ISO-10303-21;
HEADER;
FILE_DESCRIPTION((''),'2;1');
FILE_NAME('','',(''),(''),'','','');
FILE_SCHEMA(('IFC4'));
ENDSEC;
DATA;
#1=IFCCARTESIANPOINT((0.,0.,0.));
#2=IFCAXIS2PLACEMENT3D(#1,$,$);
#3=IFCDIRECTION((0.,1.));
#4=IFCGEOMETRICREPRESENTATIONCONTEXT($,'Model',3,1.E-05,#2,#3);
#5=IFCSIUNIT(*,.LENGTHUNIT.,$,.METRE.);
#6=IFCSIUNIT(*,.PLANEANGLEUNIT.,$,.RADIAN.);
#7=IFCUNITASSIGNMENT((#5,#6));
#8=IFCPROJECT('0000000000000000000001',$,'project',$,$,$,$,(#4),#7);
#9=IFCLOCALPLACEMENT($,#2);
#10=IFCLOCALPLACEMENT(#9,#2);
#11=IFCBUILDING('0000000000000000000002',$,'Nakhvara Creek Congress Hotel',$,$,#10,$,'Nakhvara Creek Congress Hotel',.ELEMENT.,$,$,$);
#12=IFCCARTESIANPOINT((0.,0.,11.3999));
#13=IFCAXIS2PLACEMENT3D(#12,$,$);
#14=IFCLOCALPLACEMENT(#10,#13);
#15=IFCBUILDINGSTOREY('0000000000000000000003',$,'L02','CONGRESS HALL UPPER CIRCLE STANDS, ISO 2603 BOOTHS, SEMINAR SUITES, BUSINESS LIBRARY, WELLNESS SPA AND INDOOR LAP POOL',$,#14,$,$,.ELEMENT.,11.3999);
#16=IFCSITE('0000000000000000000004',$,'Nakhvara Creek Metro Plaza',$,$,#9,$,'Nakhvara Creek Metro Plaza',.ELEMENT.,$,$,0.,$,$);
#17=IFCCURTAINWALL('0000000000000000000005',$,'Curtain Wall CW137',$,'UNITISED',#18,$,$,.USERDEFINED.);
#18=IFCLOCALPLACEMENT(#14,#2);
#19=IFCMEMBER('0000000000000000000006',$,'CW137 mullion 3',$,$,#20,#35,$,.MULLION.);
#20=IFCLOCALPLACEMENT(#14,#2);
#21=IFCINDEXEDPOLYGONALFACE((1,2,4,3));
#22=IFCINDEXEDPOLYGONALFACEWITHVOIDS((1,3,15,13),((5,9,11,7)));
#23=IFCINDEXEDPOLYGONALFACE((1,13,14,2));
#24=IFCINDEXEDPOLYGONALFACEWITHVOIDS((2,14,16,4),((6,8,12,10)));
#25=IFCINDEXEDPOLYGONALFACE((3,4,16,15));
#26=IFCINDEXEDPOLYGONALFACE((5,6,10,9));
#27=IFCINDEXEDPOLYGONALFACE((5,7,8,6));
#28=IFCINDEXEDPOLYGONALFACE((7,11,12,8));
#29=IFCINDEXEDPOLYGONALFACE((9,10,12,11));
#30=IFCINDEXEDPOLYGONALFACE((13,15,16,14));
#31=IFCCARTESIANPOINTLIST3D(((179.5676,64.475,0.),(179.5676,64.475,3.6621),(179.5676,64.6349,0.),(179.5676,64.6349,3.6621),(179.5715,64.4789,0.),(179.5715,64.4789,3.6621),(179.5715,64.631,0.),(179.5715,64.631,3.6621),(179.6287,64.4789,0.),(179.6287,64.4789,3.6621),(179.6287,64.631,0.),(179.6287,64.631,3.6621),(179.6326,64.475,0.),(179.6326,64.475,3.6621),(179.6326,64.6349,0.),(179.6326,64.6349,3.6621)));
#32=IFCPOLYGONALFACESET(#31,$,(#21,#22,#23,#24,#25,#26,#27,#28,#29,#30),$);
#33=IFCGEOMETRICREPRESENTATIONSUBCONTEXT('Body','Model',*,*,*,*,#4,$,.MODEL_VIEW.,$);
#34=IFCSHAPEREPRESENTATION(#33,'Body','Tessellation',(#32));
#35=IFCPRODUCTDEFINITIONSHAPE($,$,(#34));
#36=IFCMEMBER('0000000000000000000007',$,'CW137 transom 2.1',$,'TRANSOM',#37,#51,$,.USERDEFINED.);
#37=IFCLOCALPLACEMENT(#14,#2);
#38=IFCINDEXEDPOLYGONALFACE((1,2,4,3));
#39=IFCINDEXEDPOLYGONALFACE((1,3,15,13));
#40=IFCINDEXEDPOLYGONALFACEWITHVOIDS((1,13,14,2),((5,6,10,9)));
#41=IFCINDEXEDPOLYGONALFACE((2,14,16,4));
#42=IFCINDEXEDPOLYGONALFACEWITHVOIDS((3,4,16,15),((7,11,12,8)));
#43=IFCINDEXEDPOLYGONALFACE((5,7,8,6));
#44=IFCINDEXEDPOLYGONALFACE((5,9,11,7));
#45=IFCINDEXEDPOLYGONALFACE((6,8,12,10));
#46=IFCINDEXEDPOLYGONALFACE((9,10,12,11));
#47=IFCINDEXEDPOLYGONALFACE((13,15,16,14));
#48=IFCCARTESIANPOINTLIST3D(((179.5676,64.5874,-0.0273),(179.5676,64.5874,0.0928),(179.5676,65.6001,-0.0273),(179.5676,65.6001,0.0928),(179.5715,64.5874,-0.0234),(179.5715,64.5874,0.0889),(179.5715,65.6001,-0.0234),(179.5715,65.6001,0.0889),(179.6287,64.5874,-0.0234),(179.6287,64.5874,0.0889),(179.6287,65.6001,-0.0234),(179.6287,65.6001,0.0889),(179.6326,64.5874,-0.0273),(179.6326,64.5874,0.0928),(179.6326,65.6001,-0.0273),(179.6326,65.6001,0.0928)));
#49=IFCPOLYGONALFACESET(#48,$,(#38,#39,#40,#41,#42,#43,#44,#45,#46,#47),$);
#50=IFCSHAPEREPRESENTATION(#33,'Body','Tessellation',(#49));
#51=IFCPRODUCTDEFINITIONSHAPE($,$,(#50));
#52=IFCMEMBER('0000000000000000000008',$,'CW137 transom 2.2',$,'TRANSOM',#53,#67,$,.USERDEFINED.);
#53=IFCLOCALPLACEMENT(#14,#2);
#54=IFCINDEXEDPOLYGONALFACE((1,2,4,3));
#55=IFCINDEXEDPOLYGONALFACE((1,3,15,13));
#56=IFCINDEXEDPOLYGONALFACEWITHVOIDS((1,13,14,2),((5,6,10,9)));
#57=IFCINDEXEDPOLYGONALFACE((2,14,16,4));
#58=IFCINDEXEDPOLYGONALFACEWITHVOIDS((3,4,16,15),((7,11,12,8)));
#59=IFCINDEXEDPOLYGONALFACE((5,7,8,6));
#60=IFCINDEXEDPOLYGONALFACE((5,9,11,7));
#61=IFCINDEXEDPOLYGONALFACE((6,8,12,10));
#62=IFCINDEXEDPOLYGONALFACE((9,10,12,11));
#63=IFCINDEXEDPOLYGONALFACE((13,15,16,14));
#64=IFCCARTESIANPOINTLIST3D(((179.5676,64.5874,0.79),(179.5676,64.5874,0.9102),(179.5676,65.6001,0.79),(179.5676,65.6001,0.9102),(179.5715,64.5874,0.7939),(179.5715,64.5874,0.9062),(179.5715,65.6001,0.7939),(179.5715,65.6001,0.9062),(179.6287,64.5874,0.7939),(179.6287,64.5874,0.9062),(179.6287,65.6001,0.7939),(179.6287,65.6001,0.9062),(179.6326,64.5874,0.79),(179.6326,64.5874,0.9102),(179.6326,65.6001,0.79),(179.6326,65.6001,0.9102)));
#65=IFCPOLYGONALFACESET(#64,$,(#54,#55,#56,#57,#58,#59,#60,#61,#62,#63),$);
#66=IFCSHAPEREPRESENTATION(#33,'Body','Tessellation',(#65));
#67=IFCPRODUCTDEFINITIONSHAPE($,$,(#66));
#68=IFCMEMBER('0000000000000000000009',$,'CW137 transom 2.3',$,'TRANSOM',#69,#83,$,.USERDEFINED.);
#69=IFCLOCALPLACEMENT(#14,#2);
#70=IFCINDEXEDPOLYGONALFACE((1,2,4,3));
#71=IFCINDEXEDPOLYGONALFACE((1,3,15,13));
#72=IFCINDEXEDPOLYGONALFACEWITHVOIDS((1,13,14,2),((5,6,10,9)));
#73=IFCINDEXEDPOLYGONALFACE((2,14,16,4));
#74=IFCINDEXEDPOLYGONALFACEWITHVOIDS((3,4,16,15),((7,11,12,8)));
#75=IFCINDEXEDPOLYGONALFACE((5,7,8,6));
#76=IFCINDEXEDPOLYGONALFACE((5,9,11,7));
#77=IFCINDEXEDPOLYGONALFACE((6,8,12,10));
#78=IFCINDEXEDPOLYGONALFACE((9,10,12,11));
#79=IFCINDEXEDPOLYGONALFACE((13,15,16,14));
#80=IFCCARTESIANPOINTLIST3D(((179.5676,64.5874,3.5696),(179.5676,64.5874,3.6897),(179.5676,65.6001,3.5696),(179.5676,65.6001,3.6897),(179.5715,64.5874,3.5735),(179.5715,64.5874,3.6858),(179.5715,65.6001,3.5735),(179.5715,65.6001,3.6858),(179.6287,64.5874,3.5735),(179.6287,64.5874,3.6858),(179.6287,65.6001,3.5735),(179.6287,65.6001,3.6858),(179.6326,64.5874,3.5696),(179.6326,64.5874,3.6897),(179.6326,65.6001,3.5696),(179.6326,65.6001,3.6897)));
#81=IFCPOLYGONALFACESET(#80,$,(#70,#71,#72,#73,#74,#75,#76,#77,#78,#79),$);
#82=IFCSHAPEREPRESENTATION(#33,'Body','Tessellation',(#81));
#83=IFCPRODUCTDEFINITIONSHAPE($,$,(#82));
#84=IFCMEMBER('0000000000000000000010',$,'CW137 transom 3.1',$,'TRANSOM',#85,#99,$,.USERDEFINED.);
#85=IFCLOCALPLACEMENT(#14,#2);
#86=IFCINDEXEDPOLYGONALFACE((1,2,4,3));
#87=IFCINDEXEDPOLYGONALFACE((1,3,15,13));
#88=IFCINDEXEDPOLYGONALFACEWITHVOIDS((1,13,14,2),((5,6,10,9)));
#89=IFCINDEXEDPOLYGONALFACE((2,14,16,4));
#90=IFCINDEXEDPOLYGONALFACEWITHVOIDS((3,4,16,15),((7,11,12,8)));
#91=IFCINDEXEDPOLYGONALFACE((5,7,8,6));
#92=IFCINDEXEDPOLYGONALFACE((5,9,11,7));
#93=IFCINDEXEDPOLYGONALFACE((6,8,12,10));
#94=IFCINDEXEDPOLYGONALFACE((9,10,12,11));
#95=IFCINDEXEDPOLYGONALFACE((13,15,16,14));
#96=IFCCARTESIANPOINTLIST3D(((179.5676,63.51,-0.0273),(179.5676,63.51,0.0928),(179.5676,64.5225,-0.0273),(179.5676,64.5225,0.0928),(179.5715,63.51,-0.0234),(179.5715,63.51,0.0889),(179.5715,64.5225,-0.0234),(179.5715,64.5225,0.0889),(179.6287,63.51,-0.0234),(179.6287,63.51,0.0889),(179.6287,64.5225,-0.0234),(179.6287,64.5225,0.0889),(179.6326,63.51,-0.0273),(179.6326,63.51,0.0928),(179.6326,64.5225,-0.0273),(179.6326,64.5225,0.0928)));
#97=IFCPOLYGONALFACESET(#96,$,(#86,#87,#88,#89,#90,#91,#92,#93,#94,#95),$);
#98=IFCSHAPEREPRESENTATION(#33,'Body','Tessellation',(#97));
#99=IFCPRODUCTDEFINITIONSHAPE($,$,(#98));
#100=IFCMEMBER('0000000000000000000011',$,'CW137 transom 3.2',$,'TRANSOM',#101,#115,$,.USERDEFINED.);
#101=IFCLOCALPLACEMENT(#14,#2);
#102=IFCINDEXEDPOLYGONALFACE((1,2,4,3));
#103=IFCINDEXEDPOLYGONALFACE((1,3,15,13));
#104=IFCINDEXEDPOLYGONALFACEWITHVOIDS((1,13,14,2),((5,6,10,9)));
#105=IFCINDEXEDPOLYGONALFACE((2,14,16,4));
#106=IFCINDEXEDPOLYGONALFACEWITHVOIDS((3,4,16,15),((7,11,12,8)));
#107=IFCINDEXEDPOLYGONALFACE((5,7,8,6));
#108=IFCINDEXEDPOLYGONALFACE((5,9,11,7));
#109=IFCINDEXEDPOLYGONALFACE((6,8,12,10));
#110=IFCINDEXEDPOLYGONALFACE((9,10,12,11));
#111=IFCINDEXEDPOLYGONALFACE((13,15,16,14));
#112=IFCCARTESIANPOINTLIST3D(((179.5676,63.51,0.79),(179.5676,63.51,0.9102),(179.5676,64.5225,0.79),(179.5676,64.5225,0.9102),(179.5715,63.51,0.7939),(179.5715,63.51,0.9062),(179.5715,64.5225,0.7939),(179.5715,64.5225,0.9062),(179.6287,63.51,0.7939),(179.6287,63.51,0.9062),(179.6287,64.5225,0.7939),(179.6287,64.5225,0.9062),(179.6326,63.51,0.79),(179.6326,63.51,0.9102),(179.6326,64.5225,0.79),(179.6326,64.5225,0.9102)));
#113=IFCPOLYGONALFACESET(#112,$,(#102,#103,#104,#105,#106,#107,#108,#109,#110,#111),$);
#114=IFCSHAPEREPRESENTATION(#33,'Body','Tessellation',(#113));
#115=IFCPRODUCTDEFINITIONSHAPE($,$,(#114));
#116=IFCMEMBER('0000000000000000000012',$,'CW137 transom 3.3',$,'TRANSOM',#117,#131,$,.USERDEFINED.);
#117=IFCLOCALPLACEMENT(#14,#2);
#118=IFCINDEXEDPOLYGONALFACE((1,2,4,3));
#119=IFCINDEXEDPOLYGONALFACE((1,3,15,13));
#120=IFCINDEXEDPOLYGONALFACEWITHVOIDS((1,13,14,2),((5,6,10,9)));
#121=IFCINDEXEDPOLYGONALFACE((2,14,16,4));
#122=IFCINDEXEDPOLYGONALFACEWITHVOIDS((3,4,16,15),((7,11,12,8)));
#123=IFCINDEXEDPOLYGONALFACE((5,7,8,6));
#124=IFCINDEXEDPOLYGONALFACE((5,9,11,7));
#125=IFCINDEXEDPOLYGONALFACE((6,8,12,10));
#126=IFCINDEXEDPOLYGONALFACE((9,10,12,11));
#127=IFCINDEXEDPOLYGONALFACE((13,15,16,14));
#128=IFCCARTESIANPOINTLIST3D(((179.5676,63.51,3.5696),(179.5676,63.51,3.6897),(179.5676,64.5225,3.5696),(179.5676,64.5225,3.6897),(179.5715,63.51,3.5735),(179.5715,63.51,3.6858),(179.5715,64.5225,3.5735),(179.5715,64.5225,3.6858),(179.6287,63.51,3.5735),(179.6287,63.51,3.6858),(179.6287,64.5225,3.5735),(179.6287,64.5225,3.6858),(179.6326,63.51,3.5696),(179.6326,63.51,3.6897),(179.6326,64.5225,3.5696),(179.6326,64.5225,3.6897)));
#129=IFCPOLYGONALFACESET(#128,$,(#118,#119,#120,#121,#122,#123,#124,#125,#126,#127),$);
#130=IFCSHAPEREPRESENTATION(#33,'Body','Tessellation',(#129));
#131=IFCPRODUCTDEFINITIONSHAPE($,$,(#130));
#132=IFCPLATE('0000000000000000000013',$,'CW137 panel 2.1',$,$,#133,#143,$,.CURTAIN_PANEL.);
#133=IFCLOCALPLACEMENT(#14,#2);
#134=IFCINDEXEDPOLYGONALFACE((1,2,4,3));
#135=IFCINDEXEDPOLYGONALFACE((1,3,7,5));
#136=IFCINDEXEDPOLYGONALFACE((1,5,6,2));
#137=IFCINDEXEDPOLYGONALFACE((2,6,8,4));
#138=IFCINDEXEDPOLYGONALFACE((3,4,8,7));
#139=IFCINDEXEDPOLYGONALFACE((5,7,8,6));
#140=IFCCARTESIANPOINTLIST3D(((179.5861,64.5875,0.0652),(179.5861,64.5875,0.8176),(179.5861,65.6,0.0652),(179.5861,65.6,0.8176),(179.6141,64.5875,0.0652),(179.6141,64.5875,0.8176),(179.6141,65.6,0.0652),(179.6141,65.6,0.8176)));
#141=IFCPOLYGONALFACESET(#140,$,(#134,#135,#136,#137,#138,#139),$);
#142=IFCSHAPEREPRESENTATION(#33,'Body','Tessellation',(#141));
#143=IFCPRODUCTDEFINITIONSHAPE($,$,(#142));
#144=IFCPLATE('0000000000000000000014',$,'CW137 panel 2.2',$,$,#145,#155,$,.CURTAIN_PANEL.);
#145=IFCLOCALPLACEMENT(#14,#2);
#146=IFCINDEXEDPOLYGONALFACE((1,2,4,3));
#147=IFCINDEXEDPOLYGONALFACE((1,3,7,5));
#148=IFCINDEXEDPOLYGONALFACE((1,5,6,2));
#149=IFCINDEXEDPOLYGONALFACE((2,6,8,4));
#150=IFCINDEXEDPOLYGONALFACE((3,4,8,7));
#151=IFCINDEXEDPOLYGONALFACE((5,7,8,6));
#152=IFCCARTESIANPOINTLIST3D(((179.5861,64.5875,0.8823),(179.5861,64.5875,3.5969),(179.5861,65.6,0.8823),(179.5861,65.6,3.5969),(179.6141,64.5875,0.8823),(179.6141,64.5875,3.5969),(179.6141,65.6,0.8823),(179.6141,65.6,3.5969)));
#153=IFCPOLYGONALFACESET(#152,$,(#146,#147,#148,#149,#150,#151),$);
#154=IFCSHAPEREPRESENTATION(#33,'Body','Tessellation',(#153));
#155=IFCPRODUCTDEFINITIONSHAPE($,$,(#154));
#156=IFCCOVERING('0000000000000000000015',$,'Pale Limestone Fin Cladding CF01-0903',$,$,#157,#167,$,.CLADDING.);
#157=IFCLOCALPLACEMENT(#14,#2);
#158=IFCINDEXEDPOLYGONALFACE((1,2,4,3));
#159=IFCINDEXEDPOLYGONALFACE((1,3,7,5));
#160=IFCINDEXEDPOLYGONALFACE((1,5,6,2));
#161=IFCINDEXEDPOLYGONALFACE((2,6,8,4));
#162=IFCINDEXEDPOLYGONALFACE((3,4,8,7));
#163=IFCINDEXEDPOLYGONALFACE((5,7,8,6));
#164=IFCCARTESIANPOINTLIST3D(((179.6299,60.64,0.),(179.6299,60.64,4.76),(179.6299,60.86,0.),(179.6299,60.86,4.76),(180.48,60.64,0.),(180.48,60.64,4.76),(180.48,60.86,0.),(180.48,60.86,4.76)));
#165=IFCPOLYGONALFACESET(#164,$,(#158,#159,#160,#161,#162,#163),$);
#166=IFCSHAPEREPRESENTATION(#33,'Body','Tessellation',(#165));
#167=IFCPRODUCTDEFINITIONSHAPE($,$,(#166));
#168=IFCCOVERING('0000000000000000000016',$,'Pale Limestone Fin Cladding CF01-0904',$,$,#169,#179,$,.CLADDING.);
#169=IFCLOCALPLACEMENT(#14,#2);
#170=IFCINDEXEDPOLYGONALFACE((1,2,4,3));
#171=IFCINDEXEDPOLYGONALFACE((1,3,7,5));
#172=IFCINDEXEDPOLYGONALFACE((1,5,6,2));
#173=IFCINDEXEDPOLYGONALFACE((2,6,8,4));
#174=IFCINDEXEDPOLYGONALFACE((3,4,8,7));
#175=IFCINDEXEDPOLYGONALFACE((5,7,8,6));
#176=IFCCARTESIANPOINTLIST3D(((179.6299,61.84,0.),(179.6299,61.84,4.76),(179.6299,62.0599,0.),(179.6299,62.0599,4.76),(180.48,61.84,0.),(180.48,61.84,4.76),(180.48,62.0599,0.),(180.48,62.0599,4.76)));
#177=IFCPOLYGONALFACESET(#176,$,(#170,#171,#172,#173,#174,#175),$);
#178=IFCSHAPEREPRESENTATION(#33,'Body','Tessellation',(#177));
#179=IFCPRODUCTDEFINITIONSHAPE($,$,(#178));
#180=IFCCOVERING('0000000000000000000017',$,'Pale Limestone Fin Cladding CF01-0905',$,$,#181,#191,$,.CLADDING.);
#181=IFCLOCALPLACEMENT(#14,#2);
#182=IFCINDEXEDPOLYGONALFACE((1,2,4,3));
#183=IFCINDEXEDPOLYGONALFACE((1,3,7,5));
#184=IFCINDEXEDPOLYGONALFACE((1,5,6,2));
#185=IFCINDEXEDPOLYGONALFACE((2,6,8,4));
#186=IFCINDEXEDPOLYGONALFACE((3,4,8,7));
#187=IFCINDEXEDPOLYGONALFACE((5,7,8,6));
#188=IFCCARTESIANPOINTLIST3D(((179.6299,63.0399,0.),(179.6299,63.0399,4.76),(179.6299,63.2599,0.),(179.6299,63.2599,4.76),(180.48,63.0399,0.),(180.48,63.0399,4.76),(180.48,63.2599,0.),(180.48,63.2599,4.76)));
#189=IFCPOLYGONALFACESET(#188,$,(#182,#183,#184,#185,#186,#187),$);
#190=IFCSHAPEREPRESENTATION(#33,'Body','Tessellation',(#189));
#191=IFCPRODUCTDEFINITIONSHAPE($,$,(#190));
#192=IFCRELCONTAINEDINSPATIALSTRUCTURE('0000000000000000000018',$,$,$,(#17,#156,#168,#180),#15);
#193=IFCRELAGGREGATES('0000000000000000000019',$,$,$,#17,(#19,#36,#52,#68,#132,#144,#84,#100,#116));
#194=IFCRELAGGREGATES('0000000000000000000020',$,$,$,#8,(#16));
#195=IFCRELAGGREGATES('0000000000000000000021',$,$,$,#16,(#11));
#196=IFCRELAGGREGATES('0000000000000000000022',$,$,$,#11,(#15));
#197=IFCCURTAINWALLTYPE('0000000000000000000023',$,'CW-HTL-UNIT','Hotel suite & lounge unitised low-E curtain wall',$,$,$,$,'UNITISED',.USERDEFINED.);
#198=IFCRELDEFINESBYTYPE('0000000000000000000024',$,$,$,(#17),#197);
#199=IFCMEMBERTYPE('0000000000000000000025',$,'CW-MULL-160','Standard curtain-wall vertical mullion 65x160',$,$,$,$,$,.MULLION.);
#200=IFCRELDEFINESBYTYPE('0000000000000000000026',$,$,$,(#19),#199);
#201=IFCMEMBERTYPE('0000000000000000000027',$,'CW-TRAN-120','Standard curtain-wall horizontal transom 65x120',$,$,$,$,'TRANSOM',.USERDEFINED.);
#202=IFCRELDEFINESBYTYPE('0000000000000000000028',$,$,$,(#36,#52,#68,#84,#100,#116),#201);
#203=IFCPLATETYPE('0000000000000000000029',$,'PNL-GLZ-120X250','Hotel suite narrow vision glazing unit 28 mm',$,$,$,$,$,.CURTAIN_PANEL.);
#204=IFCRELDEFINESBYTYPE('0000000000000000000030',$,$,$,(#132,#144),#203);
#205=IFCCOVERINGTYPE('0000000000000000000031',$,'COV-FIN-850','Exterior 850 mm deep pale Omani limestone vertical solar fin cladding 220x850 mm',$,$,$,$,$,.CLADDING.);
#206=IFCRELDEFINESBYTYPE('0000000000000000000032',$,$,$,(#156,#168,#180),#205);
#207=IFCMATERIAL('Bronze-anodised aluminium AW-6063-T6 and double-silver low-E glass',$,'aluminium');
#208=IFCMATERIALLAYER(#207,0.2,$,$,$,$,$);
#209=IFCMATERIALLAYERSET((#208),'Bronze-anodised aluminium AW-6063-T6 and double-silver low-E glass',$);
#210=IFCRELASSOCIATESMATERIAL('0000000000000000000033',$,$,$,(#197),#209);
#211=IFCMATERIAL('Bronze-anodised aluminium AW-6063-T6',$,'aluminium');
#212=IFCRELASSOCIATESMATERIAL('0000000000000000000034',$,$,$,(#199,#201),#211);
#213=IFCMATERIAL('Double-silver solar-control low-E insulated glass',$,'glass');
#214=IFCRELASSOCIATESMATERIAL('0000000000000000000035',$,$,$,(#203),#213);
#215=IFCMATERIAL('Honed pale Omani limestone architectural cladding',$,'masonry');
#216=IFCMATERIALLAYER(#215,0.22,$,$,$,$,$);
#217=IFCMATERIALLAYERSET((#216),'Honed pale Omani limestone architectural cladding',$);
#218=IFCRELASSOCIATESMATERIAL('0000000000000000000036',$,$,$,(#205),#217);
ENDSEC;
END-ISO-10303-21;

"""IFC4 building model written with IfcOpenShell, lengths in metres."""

from ifc_helpers import new_model, si_unit, direction, frame, origin, origin_2d, place, context, subcontext, project, spatial, rectangle, hollow_rectangle, extrude, material, layer, layer_set, material_profile, profile_set, type_object, element, aggregate, save


model = new_model("IFC4")

# Units and contexts
model_context = context("Model", 3, precision=1e-05, world=origin(), true_north=direction((0.0, 1.0)))
body_context = subcontext(model_context, "Body", "Model", "MODEL_VIEW")
ifc_project = project(units=[si_unit("LENGTHUNIT", "METRE"), si_unit("PLANEANGLEUNIT", "RADIAN")], contexts=[model_context])

# Site, building, storey
site_placement = place(None, origin())
site = spatial("IfcSite", under=ifc_project, at=site_placement, Name="Nakhvara Creek Metro Plaza", LongName="Nakhvara Creek Metro Plaza", CompositionType="ELEMENT", RefElevation=0.0)
building_placement = place(site_placement, origin())
building = spatial("IfcBuilding", under=site, at=building_placement, Name="Nakhvara Creek Congress Hotel", LongName="Nakhvara Creek Congress Hotel", CompositionType="ELEMENT")
storey_placement = place(building_placement, frame((0.0, 0.0, 11.3999)))
storey = spatial("IfcBuildingStorey", under=building, at=storey_placement, Name="L02", Description="CONGRESS HALL UPPER CIRCLE STANDS, ISO 2603 BOOTHS, SEMINAR SUITES, BUSINESS LIBRARY, WELLNESS SPA AND INDOOR LAP POOL", CompositionType="ELEMENT", Elevation=11.3999)

# Curtain wall, members, plates
ifc_material_1 = material(Name="Bronze-anodised aluminium AW-6063-T6 and double-silver low-E glass", Category="aluminium")
ifc_layer_1 = layer(ifc_material_1, 0.2)
ifc_layer_set_1 = layer_set([ifc_layer_1], Name="Bronze-anodised aluminium AW-6063-T6 and double-silver low-E glass")
curtain_wall_type = type_object("IfcCurtainWallType", Name="CW-HTL-UNIT", Description="Hotel suite & lounge unitised low-E curtain wall", ElementType="UNITISED", PredefinedType="USERDEFINED", material=ifc_layer_set_1)
curtain_wall_placement = place(storey_placement, origin())
curtain_wall = element("IfcCurtainWall", 1, at=curtain_wall_placement, inside=storey, type_object=curtain_wall_type, Name="Curtain Wall CW137", ObjectType="UNITISED", PredefinedType="USERDEFINED")
ifc_material_2 = material(Name="Bronze-anodised aluminium AW-6063-T6", Category="aluminium")
ifc_material_profile_1 = material_profile(ifc_material_2, hollow_rectangle(XDim=0.0649, YDim=0.1599, WallThickness=0.0039, at=origin_2d()), Name="ALU-MULL 65x160x4", Category="LoadBearing")
ifc_profile_set_1 = profile_set([ifc_material_profile_1], Name="Bronze-anodised aluminium AW-6063-T6")
member_type_1 = type_object("IfcMemberType", Name="CW-MULL-160", Description="Standard curtain-wall vertical mullion 65x160", PredefinedType="MULLION", material=ifc_profile_set_1)
member_1_placement = place(storey_placement, frame((179.6001, 64.5549, 0.0), z_axis=(0.0, 0.0, 1.0), x_axis=(1.0, 0.0, 0.0)))
member_1 = element("IfcMember", 2, at=member_1_placement, type_object=member_type_1, Name="CW137 mullion 3", PredefinedType="MULLION", context=body_context, shape_type="SweptSolid", body=[
    extrude(hollow_rectangle(XDim=0.0649, YDim=0.1599, WallThickness=0.0039, at=origin_2d()), origin(), (0.0, 0.0, 1.0), 3.6621),
])
ifc_material_profile_2 = material_profile(ifc_material_2, hollow_rectangle(XDim=0.0649, YDim=0.1201, WallThickness=0.0039, at=origin_2d()), Name="ALU-TRAN 65x120x4", Category="LoadBearing")
ifc_profile_set_2 = profile_set([ifc_material_profile_2], Name="Bronze-anodised aluminium AW-6063-T6")
member_type_2 = type_object("IfcMemberType", Name="CW-TRAN-120", Description="Standard curtain-wall horizontal transom 65x120", ElementType="TRANSOM", PredefinedType="USERDEFINED", material=ifc_profile_set_2)
member_2_placement = place(storey_placement, frame((179.6001, 65.6001, 0.0327), z_axis=(0.0, -1.0, 0.0), x_axis=(1.0, 0.0, 0.0)))
member_2 = element("IfcMember", 3, at=member_2_placement, type_object=member_type_2, Name="CW137 transom 2.1", ObjectType="TRANSOM", PredefinedType="USERDEFINED", context=body_context, shape_type="SweptSolid", body=[
    extrude(hollow_rectangle(XDim=0.0649, YDim=0.1201, WallThickness=0.0039, at=origin_2d()), origin(), (0.0, 0.0, 1.0), 1.0127),
])
member_3_placement = place(storey_placement, frame((179.6001, 65.6001, 0.8501), z_axis=(0.0, -1.0, 0.0), x_axis=(1.0, 0.0, 0.0)))
member_3 = element("IfcMember", 4, at=member_3_placement, type_object=member_type_2, Name="CW137 transom 2.2", ObjectType="TRANSOM", PredefinedType="USERDEFINED", context=body_context, shape_type="SweptSolid", body=[
    extrude(hollow_rectangle(XDim=0.0649, YDim=0.1201, WallThickness=0.0039, at=origin_2d()), origin(), (0.0, 0.0, 1.0), 1.0127),
])
member_4_placement = place(storey_placement, frame((179.6001, 65.6001, 3.6296), z_axis=(0.0, -1.0, 0.0), x_axis=(1.0, 0.0, 0.0)))
member_4 = element("IfcMember", 5, at=member_4_placement, type_object=member_type_2, Name="CW137 transom 2.3", ObjectType="TRANSOM", PredefinedType="USERDEFINED", context=body_context, shape_type="SweptSolid", body=[
    extrude(hollow_rectangle(XDim=0.0649, YDim=0.1201, WallThickness=0.0039, at=origin_2d()), origin(), (0.0, 0.0, 1.0), 1.0127),
])
member_5_placement = place(storey_placement, frame((179.6001, 64.5225, 0.0327), z_axis=(0.0, -1.0, 0.0), x_axis=(1.0, 0.0, 0.0)))
member_5 = element("IfcMember", 6, at=member_5_placement, type_object=member_type_2, Name="CW137 transom 3.1", ObjectType="TRANSOM", PredefinedType="USERDEFINED", context=body_context, shape_type="SweptSolid", body=[
    extrude(hollow_rectangle(XDim=0.0649, YDim=0.1201, WallThickness=0.0039, at=origin_2d()), origin(), (0.0, 0.0, 1.0), 1.0125),
])
member_6_placement = place(storey_placement, frame((179.6001, 64.5225, 0.8501), z_axis=(0.0, -1.0, 0.0), x_axis=(1.0, 0.0, 0.0)))
member_6 = element("IfcMember", 7, at=member_6_placement, type_object=member_type_2, Name="CW137 transom 3.2", ObjectType="TRANSOM", PredefinedType="USERDEFINED", context=body_context, shape_type="SweptSolid", body=[
    extrude(hollow_rectangle(XDim=0.0649, YDim=0.1201, WallThickness=0.0039, at=origin_2d()), origin(), (0.0, 0.0, 1.0), 1.0125),
])
member_7_placement = place(storey_placement, frame((179.6001, 64.5225, 3.6296), z_axis=(0.0, -1.0, 0.0), x_axis=(1.0, 0.0, 0.0)))
member_7 = element("IfcMember", 8, at=member_7_placement, type_object=member_type_2, Name="CW137 transom 3.3", ObjectType="TRANSOM", PredefinedType="USERDEFINED", context=body_context, shape_type="SweptSolid", body=[
    extrude(hollow_rectangle(XDim=0.0649, YDim=0.1201, WallThickness=0.0039, at=origin_2d()), origin(), (0.0, 0.0, 1.0), 1.0125),
])
ifc_material_3 = material(Name="Double-silver solar-control low-E insulated glass", Category="glass")
plate_type = type_object("IfcPlateType", Name="PNL-GLZ-120X250", Description="Hotel suite narrow vision glazing unit 28 mm", PredefinedType="CURTAIN_PANEL", material=ifc_material_3)
plate_1_placement = place(storey_placement, frame((179.6001, 65.0938, 0.0652), z_axis=(0.0, 0.0, 1.0), x_axis=(0.0, -1.0, 0.0)))
plate_1 = element("IfcPlate", 9, at=plate_1_placement, type_object=plate_type, Name="CW137 panel 2.1", PredefinedType="CURTAIN_PANEL", context=body_context, shape_type="SweptSolid", body=[
    extrude(rectangle(XDim=1.0125, YDim=0.0281, at=origin_2d()), origin(), (0.0, 0.0, 1.0), 0.7524),
])
plate_2_placement = place(storey_placement, frame((179.6001, 65.0938, 0.8823), z_axis=(0.0, 0.0, 1.0), x_axis=(0.0, -1.0, 0.0)))
plate_2 = element("IfcPlate", 10, at=plate_2_placement, type_object=plate_type, Name="CW137 panel 2.2", PredefinedType="CURTAIN_PANEL", context=body_context, shape_type="SweptSolid", body=[
    extrude(rectangle(XDim=1.0125, YDim=0.0281, at=origin_2d()), origin(), (0.0, 0.0, 1.0), 2.7146),
])
aggregate(curtain_wall, [member_1, member_2, member_3, member_4, plate_1, plate_2, member_5, member_6, member_7])

# Coverings
ifc_material_4 = material(Name="Honed pale Omani limestone architectural cladding", Category="masonry")
ifc_layer_2 = layer(ifc_material_4, 0.22)
ifc_layer_set_2 = layer_set([ifc_layer_2], Name="Honed pale Omani limestone architectural cladding")
covering_type_1 = type_object("IfcCoveringType", Name="COV-FIN-850", Description="Exterior 850 mm deep pale Omani limestone vertical solar fin cladding 220x850 mm", PredefinedType="CLADDING", material=ifc_layer_set_2)
for number, where, z_axis, x_axis, name in (
    (11, (180.0549, 60.75, 0.0), (0.0, 0.0, 1.0), (0.0, 1.0, 0.0), "Pale Limestone Fin Cladding CF01-0903"),
    (12, (180.0549, 61.95, 0.0), (0.0, 0.0, 1.0), (0.0, 1.0, 0.0), "Pale Limestone Fin Cladding CF01-0904"),
    (13, (180.0549, 63.1499, 0.0), (0.0, 0.0, 1.0), (0.0, 1.0, 0.0), "Pale Limestone Fin Cladding CF01-0905"),
):
    element("IfcCovering", number, at=place(storey_placement, frame(where, z_axis=z_axis, x_axis=x_axis)), inside=storey, type_object=covering_type_1, Name=name, PredefinedType="CLADDING", context=body_context, shape_type="SweptSolid", body=[
        extrude(rectangle(XDim=0.22, YDim=0.8501, at=origin_2d()), origin(), (0.0, 0.0, 1.0), 4.76),
    ])

save(model, "model.ifc")
